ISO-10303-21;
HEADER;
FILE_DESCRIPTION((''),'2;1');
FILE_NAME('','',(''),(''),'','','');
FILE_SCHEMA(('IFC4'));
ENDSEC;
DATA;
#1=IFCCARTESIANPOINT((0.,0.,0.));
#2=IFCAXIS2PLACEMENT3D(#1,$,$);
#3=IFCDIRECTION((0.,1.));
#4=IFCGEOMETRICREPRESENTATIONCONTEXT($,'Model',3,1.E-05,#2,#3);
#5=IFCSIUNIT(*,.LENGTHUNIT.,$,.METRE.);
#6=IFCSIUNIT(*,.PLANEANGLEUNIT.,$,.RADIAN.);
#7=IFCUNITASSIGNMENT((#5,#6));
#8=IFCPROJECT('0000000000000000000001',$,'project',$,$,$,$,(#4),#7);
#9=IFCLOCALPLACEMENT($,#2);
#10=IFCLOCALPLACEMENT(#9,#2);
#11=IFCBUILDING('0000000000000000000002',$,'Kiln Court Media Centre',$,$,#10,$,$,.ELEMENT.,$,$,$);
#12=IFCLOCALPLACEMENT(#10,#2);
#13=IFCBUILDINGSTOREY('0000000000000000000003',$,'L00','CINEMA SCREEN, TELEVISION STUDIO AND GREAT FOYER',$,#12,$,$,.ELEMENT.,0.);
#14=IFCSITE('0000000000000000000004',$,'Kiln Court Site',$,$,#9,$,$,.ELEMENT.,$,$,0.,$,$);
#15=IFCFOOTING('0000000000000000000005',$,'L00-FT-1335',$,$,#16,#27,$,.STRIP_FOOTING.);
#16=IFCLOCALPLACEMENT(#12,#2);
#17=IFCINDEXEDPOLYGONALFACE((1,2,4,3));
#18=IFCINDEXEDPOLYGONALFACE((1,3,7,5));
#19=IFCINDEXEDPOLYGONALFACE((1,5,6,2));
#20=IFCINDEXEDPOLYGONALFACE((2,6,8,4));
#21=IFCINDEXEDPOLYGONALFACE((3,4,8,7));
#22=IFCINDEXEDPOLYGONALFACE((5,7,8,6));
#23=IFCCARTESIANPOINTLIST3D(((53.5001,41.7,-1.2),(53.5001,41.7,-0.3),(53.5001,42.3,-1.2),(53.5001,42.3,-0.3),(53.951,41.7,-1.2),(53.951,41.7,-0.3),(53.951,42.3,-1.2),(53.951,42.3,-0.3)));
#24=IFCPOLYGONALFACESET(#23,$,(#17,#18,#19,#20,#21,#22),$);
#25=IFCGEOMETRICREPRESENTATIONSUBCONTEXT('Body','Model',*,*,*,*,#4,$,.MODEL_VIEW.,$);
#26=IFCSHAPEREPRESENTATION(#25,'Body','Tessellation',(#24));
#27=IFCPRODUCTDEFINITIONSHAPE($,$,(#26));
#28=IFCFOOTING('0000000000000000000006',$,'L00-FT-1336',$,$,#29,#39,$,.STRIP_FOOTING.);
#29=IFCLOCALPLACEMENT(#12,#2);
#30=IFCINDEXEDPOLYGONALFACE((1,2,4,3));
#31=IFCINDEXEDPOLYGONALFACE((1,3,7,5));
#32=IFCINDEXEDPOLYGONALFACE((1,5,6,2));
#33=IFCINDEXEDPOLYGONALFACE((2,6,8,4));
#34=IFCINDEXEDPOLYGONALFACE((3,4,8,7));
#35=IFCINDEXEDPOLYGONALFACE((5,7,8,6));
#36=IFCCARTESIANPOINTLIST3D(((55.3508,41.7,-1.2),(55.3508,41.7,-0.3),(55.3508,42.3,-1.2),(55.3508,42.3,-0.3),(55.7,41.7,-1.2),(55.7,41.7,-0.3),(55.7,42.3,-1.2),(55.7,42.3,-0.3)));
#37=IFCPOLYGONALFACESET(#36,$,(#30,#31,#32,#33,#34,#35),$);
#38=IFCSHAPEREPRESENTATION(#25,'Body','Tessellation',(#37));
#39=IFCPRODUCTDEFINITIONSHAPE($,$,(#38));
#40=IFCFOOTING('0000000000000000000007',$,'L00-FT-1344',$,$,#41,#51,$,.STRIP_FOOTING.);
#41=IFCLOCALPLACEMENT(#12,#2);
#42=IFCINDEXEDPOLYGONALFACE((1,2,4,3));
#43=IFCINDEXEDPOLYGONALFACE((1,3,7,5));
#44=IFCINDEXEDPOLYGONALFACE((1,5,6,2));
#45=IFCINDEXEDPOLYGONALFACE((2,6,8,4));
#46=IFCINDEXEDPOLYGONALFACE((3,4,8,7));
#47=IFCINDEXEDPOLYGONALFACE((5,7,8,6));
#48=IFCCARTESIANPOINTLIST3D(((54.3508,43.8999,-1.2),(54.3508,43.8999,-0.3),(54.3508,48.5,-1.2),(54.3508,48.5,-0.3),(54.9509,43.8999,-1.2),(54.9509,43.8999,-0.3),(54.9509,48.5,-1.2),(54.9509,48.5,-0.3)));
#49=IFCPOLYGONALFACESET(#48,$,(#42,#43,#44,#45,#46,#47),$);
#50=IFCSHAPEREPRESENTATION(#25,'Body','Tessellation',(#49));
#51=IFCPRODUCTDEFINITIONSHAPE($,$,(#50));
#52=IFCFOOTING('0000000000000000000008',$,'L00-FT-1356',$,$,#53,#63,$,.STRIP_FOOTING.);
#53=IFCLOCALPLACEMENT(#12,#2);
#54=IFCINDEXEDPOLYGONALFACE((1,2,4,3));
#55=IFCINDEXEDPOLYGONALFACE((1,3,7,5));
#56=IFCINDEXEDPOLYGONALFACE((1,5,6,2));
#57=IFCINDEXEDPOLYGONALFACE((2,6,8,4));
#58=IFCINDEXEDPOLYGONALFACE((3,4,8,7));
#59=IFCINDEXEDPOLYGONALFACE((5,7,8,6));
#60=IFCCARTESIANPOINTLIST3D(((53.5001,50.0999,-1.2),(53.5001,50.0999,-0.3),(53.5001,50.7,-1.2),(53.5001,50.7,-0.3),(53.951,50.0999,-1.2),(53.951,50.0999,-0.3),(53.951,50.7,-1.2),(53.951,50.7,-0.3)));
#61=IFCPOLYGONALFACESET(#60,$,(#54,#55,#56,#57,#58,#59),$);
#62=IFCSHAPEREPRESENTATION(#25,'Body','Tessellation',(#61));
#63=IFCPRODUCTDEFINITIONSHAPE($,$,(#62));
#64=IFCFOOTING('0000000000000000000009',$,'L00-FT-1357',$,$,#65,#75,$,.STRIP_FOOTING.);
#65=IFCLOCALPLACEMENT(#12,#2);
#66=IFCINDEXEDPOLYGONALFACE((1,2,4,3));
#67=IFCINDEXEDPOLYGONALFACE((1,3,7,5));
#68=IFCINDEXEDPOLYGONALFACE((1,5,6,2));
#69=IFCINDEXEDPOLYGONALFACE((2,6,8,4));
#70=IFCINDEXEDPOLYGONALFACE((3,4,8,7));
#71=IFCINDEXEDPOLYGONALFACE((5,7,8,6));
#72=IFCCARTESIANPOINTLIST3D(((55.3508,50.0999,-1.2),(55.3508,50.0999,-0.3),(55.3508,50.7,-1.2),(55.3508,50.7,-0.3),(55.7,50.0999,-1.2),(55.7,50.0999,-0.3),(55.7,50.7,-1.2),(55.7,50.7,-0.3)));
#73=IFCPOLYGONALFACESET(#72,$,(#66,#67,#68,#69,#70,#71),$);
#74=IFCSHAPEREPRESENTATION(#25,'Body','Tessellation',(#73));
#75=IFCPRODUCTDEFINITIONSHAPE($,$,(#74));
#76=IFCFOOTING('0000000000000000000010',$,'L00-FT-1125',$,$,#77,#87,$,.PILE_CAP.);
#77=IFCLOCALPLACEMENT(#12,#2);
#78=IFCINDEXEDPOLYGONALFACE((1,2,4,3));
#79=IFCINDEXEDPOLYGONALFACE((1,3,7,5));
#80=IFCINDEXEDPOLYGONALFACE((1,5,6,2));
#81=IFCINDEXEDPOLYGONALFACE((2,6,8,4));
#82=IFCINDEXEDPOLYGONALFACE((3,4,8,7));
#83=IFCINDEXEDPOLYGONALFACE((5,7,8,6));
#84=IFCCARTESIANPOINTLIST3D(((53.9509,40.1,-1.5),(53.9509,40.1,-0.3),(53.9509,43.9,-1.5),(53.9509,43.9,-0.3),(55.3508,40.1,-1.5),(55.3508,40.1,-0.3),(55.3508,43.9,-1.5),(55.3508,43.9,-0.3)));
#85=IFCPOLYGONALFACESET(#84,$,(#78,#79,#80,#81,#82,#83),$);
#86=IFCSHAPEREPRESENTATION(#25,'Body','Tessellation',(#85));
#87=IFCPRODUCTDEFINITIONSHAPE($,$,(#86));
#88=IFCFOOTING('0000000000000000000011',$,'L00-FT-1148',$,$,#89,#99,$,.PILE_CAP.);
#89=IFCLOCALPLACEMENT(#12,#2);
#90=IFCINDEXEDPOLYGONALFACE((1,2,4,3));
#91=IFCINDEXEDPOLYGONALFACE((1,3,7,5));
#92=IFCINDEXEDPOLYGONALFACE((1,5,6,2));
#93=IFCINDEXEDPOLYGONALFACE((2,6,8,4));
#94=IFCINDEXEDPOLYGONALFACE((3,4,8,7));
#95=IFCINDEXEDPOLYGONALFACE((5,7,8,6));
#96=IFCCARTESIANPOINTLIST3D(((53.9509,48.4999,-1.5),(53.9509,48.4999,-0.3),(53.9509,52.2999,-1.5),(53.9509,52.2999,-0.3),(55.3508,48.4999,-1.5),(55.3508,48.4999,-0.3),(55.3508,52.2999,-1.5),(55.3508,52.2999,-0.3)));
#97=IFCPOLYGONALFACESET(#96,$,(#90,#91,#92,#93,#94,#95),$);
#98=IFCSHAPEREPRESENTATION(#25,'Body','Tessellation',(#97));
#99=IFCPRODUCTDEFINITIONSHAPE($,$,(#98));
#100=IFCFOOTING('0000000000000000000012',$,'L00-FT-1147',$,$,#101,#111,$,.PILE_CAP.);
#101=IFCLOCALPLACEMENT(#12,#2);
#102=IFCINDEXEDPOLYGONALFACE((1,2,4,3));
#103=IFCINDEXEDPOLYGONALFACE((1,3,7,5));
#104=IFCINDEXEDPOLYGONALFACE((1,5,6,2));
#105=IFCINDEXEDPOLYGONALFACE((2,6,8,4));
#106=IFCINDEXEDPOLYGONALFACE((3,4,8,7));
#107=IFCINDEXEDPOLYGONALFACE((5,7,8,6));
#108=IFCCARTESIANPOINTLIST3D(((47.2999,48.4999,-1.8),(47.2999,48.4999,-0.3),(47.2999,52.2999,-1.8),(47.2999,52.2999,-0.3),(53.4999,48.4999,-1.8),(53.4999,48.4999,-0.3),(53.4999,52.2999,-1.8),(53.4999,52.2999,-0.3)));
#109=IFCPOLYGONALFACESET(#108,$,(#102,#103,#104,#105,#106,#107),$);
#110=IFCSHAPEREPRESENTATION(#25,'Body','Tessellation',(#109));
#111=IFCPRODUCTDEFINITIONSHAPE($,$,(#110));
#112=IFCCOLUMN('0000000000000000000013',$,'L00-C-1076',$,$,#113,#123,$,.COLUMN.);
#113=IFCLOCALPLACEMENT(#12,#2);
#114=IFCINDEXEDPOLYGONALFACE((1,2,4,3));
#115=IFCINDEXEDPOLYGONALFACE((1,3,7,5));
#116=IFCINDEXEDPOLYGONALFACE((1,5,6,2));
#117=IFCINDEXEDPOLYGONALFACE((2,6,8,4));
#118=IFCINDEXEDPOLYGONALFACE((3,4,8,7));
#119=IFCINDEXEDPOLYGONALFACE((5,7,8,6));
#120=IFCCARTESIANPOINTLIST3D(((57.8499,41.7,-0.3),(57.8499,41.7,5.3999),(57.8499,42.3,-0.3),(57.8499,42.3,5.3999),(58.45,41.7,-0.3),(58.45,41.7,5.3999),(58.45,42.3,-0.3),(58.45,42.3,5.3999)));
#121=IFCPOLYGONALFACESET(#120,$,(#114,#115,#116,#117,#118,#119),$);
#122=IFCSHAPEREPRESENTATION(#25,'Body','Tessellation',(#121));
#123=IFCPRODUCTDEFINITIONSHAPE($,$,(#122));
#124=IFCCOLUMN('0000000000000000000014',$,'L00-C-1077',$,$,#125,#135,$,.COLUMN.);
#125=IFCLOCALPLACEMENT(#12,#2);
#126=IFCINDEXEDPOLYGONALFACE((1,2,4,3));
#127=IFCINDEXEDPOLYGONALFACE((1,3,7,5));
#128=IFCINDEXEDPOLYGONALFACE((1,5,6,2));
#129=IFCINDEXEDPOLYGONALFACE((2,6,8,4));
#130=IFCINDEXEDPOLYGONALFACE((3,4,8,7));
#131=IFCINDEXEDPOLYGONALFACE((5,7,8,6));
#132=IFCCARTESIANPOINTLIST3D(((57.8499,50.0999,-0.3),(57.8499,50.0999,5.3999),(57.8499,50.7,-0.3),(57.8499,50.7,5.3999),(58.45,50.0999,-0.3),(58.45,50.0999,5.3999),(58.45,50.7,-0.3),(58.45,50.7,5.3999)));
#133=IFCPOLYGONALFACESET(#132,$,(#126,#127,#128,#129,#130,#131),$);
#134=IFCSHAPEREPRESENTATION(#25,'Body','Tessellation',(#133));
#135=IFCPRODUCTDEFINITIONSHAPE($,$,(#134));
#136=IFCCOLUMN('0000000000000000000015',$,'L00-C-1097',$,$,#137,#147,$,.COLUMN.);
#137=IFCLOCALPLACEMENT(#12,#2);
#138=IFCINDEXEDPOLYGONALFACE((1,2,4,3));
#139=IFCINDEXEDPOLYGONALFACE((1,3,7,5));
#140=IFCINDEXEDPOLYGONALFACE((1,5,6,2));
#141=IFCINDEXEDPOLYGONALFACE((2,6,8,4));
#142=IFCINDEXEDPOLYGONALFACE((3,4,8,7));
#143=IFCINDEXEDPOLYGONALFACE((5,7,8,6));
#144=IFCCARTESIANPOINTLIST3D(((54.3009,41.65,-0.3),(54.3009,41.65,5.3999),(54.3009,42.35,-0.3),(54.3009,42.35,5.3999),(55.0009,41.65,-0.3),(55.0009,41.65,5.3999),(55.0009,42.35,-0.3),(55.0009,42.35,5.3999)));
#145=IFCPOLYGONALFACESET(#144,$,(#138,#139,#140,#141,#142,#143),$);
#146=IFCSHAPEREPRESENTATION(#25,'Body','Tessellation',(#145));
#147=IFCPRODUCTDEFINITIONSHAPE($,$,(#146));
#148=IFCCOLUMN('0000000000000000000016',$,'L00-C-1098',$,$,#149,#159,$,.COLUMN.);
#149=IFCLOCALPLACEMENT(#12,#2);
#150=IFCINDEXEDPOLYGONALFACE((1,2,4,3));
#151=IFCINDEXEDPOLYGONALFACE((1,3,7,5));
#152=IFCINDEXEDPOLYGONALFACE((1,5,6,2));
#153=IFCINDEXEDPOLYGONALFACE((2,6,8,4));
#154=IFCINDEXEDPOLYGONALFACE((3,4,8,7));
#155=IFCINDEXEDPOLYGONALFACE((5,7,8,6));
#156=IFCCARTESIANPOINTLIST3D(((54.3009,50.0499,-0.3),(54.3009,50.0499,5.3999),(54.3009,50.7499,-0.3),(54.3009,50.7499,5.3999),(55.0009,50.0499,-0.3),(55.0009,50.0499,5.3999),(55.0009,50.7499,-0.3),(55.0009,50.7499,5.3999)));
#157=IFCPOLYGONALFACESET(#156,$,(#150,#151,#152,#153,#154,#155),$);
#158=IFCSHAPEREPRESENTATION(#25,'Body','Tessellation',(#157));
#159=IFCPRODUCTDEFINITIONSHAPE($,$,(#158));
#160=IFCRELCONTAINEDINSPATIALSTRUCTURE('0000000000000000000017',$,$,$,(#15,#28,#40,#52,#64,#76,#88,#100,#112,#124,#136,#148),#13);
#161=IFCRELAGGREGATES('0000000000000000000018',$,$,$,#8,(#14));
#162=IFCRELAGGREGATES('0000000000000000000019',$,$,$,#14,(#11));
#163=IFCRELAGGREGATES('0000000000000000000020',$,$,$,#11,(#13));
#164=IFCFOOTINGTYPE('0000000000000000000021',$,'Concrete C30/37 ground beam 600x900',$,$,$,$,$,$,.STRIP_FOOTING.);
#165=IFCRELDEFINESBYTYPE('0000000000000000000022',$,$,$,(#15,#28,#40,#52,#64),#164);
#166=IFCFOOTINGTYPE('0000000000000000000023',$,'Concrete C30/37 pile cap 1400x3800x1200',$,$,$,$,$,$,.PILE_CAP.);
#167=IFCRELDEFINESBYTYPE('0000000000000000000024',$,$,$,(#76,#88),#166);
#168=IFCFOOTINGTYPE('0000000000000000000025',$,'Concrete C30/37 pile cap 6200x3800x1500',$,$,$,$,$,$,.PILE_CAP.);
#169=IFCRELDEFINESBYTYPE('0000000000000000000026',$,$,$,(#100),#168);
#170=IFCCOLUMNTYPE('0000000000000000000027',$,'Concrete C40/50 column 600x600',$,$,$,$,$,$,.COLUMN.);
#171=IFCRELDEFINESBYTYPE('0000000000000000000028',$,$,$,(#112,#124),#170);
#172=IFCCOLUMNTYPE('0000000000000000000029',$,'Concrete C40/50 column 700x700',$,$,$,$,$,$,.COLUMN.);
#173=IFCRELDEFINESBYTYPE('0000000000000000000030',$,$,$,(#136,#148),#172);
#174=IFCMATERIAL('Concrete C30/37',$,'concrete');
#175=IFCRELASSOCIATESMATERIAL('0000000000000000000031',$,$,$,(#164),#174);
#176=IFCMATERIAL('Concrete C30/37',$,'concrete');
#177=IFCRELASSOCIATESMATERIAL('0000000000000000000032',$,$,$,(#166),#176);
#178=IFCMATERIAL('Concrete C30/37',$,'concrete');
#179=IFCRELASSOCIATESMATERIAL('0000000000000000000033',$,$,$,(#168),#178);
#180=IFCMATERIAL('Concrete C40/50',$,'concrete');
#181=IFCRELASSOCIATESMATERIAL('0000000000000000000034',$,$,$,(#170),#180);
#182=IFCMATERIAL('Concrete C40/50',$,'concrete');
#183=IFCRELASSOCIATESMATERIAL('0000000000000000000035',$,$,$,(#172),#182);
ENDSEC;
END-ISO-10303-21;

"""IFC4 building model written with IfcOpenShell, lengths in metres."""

from ifc_helpers import new_model, si_unit, direction, frame, origin, origin_2d, place, context, subcontext, project, spatial, rectangle, extrude, material, material_profile, profile_set, type_object, element, save


model = new_model("IFC4")

# Units and contexts
model_context = context("Model", 3, precision=1e-05, world=origin(), true_north=direction((0.0, 1.0)))
body_context = subcontext(model_context, "Body", "Model", "MODEL_VIEW")
ifc_project = project(units=[si_unit("LENGTHUNIT", "METRE"), si_unit("PLANEANGLEUNIT", "RADIAN")], contexts=[model_context])

# Site, building, storey
site_placement = place(None, origin())
site = spatial("IfcSite", under=ifc_project, at=site_placement, Name="Kiln Court Site", CompositionType="ELEMENT", RefElevation=0.0)
building_placement = place(site_placement, origin())
building = spatial("IfcBuilding", under=site, at=building_placement, Name="Kiln Court Media Centre", CompositionType="ELEMENT")
storey_placement = place(building_placement, origin())
storey = spatial("IfcBuildingStorey", under=building, at=storey_placement, Name="L00", Description="CINEMA SCREEN, TELEVISION STUDIO AND GREAT FOYER", CompositionType="ELEMENT", Elevation=0.0)

# Footings
ifc_material_1 = material(Name="Concrete C30/37", Category="concrete")
footing_type_1 = type_object("IfcFootingType", Name="Concrete C30/37 ground beam 600x900", PredefinedType="STRIP_FOOTING", material=ifc_material_1)
footing_1_placement = place(storey_placement, frame((53.7256, 42.0, -1.2), z_axis=(0.0, 0.0, 1.0), x_axis=(1.0, 0.0, 0.0)))
element("IfcFooting", 1, at=footing_1_placement, inside=storey, type_object=footing_type_1, Name="L00-FT-1335", PredefinedType="STRIP_FOOTING", context=body_context, shape_type="SweptSolid", body=[
    extrude(rectangle(XDim=0.4509, YDim=0.6001, at=origin_2d()), origin(), (0.0, 0.0, 1.0), 0.8999),
])
footing_2_placement = place(storey_placement, frame((55.5254, 42.0, -1.2), z_axis=(0.0, 0.0, 1.0), x_axis=(1.0, 0.0, 0.0)))
element("IfcFooting", 2, at=footing_2_placement, inside=storey, type_object=footing_type_1, Name="L00-FT-1336", PredefinedType="STRIP_FOOTING", context=body_context, shape_type="SweptSolid", body=[
    extrude(rectangle(XDim=0.3491, YDim=0.6001, at=origin_2d()), origin(), (0.0, 0.0, 1.0), 0.8999),
])
footing_3_placement = place(storey_placement, frame((54.6509, 46.2, -1.2), z_axis=(0.0, 0.0, 1.0), x_axis=(1.0, 0.0, 0.0)))
element("IfcFooting", 3, at=footing_3_placement, inside=storey, type_object=footing_type_1, Name="L00-FT-1344", PredefinedType="STRIP_FOOTING", context=body_context, shape_type="SweptSolid", body=[
    extrude(rectangle(XDim=0.6001, YDim=4.6001, at=origin_2d()), origin(), (0.0, 0.0, 1.0), 0.8999),
])
footing_4_placement = place(storey_placement, frame((53.7256, 50.3999, -1.2), z_axis=(0.0, 0.0, 1.0), x_axis=(1.0, 0.0, 0.0)))
element("IfcFooting", 4, at=footing_4_placement, inside=storey, type_object=footing_type_1, Name="L00-FT-1356", PredefinedType="STRIP_FOOTING", context=body_context, shape_type="SweptSolid", body=[
    extrude(rectangle(XDim=0.4509, YDim=0.6001, at=origin_2d()), origin(), (0.0, 0.0, 1.0), 0.8999),
])
footing_5_placement = place(storey_placement, frame((55.5254, 50.3999, -1.2), z_axis=(0.0, 0.0, 1.0), x_axis=(1.0, 0.0, 0.0)))
element("IfcFooting", 5, at=footing_5_placement, inside=storey, type_object=footing_type_1, Name="L00-FT-1357", PredefinedType="STRIP_FOOTING", context=body_context, shape_type="SweptSolid", body=[
    extrude(rectangle(XDim=0.3491, YDim=0.6001, at=origin_2d()), origin(), (0.0, 0.0, 1.0), 0.8999),
])
ifc_material_2 = material(Name="Concrete C30/37", Category="concrete")
footing_type_2 = type_object("IfcFootingType", Name="Concrete C30/37 pile cap 1400x3800x1200", PredefinedType="PILE_CAP", material=ifc_material_2)
for number, where, z_axis, x_axis, name in (
    (6, (54.6509, 42.0, -1.5), (0.0, 0.0, 1.0), (1.0, 0.0, 0.0), "L00-FT-1125"),
    (7, (54.6509, 50.3999, -1.5), (0.0, 0.0, 1.0), (1.0, 0.0, 0.0), "L00-FT-1148"),
):
    element("IfcFooting", number, at=place(storey_placement, frame(where, z_axis=z_axis, x_axis=x_axis)), inside=storey, type_object=footing_type_2, Name=name, PredefinedType="PILE_CAP", context=body_context, shape_type="SweptSolid", body=[
        extrude(rectangle(XDim=1.3999, YDim=3.8, at=origin_2d()), origin(), (0.0, 0.0, 1.0), 1.2),
    ])
ifc_material_3 = material(Name="Concrete C30/37", Category="concrete")
footing_type_3 = type_object("IfcFootingType", Name="Concrete C30/37 pile cap 6200x3800x1500", PredefinedType="PILE_CAP", material=ifc_material_3)
footing_6_placement = place(storey_placement, frame((50.3999, 50.3999, -1.8), z_axis=(0.0, 0.0, 1.0), x_axis=(1.0, 0.0, 0.0)))
element("IfcFooting", 8, at=footing_6_placement, inside=storey, type_object=footing_type_3, Name="L00-FT-1147", PredefinedType="PILE_CAP", context=body_context, shape_type="SweptSolid", body=[
    extrude(rectangle(XDim=6.2, YDim=3.8, at=origin_2d()), origin(), (0.0, 0.0, 1.0), 1.5),
])

# Columns
ifc_material_4 = material(Name="Concrete C40/50", Category="concrete")
ifc_material_profile_1 = material_profile(ifc_material_4, rectangle(XDim=0.6001, YDim=0.6001, at=origin_2d()), Name="RC 600x600")
ifc_profile_set_1 = profile_set([ifc_material_profile_1], Name="Concrete C40/50")
column_type_1 = type_object("IfcColumnType", Name="Concrete C40/50 column 600x600", PredefinedType="COLUMN", material=ifc_profile_set_1)
for number, where, z_axis, x_axis, name in (
    (9, (58.1499, 42.0, -0.3), (0.0, 0.0, 1.0), (1.0, 0.0, 0.0), "L00-C-1076"),
    (10, (58.1499, 50.3999, -0.3), (0.0, 0.0, 1.0), (1.0, 0.0, 0.0), "L00-C-1077"),
):
    element("IfcColumn", number, at=place(storey_placement, frame(where, z_axis=z_axis, x_axis=x_axis)), inside=storey, type_object=column_type_1, Name=name, PredefinedType="COLUMN", context=body_context, shape_type="SweptSolid", body=[
        extrude(rectangle(XDim=0.6001, YDim=0.6001, at=origin_2d()), origin(), (0.0, 0.0, 1.0), 5.7),
    ])
ifc_material_5 = material(Name="Concrete C40/50", Category="concrete")
ifc_material_profile_2 = material_profile(ifc_material_5, rectangle(XDim=0.7, YDim=0.7, at=origin_2d()), Name="RC 700x700")
ifc_profile_set_2 = profile_set([ifc_material_profile_2], Name="Concrete C40/50")
column_type_2 = type_object("IfcColumnType", Name="Concrete C40/50 column 700x700", PredefinedType="COLUMN", material=ifc_profile_set_2)
for number, where, z_axis, x_axis, name in (
    (11, (54.6509, 42.0, -0.3), (0.0, 0.0, 1.0), (1.0, 0.0, 0.0), "L00-C-1097"),
    (12, (54.6509, 50.3999, -0.3), (0.0, 0.0, 1.0), (1.0, 0.0, 0.0), "L00-C-1098"),
):
    element("IfcColumn", number, at=place(storey_placement, frame(where, z_axis=z_axis, x_axis=x_axis)), inside=storey, type_object=column_type_2, Name=name, PredefinedType="COLUMN", context=body_context, shape_type="SweptSolid", body=[
        extrude(rectangle(XDim=0.7, YDim=0.7, at=origin_2d()), origin(), (0.0, 0.0, 1.0), 5.7),
    ])

save(model, "model.ifc")
